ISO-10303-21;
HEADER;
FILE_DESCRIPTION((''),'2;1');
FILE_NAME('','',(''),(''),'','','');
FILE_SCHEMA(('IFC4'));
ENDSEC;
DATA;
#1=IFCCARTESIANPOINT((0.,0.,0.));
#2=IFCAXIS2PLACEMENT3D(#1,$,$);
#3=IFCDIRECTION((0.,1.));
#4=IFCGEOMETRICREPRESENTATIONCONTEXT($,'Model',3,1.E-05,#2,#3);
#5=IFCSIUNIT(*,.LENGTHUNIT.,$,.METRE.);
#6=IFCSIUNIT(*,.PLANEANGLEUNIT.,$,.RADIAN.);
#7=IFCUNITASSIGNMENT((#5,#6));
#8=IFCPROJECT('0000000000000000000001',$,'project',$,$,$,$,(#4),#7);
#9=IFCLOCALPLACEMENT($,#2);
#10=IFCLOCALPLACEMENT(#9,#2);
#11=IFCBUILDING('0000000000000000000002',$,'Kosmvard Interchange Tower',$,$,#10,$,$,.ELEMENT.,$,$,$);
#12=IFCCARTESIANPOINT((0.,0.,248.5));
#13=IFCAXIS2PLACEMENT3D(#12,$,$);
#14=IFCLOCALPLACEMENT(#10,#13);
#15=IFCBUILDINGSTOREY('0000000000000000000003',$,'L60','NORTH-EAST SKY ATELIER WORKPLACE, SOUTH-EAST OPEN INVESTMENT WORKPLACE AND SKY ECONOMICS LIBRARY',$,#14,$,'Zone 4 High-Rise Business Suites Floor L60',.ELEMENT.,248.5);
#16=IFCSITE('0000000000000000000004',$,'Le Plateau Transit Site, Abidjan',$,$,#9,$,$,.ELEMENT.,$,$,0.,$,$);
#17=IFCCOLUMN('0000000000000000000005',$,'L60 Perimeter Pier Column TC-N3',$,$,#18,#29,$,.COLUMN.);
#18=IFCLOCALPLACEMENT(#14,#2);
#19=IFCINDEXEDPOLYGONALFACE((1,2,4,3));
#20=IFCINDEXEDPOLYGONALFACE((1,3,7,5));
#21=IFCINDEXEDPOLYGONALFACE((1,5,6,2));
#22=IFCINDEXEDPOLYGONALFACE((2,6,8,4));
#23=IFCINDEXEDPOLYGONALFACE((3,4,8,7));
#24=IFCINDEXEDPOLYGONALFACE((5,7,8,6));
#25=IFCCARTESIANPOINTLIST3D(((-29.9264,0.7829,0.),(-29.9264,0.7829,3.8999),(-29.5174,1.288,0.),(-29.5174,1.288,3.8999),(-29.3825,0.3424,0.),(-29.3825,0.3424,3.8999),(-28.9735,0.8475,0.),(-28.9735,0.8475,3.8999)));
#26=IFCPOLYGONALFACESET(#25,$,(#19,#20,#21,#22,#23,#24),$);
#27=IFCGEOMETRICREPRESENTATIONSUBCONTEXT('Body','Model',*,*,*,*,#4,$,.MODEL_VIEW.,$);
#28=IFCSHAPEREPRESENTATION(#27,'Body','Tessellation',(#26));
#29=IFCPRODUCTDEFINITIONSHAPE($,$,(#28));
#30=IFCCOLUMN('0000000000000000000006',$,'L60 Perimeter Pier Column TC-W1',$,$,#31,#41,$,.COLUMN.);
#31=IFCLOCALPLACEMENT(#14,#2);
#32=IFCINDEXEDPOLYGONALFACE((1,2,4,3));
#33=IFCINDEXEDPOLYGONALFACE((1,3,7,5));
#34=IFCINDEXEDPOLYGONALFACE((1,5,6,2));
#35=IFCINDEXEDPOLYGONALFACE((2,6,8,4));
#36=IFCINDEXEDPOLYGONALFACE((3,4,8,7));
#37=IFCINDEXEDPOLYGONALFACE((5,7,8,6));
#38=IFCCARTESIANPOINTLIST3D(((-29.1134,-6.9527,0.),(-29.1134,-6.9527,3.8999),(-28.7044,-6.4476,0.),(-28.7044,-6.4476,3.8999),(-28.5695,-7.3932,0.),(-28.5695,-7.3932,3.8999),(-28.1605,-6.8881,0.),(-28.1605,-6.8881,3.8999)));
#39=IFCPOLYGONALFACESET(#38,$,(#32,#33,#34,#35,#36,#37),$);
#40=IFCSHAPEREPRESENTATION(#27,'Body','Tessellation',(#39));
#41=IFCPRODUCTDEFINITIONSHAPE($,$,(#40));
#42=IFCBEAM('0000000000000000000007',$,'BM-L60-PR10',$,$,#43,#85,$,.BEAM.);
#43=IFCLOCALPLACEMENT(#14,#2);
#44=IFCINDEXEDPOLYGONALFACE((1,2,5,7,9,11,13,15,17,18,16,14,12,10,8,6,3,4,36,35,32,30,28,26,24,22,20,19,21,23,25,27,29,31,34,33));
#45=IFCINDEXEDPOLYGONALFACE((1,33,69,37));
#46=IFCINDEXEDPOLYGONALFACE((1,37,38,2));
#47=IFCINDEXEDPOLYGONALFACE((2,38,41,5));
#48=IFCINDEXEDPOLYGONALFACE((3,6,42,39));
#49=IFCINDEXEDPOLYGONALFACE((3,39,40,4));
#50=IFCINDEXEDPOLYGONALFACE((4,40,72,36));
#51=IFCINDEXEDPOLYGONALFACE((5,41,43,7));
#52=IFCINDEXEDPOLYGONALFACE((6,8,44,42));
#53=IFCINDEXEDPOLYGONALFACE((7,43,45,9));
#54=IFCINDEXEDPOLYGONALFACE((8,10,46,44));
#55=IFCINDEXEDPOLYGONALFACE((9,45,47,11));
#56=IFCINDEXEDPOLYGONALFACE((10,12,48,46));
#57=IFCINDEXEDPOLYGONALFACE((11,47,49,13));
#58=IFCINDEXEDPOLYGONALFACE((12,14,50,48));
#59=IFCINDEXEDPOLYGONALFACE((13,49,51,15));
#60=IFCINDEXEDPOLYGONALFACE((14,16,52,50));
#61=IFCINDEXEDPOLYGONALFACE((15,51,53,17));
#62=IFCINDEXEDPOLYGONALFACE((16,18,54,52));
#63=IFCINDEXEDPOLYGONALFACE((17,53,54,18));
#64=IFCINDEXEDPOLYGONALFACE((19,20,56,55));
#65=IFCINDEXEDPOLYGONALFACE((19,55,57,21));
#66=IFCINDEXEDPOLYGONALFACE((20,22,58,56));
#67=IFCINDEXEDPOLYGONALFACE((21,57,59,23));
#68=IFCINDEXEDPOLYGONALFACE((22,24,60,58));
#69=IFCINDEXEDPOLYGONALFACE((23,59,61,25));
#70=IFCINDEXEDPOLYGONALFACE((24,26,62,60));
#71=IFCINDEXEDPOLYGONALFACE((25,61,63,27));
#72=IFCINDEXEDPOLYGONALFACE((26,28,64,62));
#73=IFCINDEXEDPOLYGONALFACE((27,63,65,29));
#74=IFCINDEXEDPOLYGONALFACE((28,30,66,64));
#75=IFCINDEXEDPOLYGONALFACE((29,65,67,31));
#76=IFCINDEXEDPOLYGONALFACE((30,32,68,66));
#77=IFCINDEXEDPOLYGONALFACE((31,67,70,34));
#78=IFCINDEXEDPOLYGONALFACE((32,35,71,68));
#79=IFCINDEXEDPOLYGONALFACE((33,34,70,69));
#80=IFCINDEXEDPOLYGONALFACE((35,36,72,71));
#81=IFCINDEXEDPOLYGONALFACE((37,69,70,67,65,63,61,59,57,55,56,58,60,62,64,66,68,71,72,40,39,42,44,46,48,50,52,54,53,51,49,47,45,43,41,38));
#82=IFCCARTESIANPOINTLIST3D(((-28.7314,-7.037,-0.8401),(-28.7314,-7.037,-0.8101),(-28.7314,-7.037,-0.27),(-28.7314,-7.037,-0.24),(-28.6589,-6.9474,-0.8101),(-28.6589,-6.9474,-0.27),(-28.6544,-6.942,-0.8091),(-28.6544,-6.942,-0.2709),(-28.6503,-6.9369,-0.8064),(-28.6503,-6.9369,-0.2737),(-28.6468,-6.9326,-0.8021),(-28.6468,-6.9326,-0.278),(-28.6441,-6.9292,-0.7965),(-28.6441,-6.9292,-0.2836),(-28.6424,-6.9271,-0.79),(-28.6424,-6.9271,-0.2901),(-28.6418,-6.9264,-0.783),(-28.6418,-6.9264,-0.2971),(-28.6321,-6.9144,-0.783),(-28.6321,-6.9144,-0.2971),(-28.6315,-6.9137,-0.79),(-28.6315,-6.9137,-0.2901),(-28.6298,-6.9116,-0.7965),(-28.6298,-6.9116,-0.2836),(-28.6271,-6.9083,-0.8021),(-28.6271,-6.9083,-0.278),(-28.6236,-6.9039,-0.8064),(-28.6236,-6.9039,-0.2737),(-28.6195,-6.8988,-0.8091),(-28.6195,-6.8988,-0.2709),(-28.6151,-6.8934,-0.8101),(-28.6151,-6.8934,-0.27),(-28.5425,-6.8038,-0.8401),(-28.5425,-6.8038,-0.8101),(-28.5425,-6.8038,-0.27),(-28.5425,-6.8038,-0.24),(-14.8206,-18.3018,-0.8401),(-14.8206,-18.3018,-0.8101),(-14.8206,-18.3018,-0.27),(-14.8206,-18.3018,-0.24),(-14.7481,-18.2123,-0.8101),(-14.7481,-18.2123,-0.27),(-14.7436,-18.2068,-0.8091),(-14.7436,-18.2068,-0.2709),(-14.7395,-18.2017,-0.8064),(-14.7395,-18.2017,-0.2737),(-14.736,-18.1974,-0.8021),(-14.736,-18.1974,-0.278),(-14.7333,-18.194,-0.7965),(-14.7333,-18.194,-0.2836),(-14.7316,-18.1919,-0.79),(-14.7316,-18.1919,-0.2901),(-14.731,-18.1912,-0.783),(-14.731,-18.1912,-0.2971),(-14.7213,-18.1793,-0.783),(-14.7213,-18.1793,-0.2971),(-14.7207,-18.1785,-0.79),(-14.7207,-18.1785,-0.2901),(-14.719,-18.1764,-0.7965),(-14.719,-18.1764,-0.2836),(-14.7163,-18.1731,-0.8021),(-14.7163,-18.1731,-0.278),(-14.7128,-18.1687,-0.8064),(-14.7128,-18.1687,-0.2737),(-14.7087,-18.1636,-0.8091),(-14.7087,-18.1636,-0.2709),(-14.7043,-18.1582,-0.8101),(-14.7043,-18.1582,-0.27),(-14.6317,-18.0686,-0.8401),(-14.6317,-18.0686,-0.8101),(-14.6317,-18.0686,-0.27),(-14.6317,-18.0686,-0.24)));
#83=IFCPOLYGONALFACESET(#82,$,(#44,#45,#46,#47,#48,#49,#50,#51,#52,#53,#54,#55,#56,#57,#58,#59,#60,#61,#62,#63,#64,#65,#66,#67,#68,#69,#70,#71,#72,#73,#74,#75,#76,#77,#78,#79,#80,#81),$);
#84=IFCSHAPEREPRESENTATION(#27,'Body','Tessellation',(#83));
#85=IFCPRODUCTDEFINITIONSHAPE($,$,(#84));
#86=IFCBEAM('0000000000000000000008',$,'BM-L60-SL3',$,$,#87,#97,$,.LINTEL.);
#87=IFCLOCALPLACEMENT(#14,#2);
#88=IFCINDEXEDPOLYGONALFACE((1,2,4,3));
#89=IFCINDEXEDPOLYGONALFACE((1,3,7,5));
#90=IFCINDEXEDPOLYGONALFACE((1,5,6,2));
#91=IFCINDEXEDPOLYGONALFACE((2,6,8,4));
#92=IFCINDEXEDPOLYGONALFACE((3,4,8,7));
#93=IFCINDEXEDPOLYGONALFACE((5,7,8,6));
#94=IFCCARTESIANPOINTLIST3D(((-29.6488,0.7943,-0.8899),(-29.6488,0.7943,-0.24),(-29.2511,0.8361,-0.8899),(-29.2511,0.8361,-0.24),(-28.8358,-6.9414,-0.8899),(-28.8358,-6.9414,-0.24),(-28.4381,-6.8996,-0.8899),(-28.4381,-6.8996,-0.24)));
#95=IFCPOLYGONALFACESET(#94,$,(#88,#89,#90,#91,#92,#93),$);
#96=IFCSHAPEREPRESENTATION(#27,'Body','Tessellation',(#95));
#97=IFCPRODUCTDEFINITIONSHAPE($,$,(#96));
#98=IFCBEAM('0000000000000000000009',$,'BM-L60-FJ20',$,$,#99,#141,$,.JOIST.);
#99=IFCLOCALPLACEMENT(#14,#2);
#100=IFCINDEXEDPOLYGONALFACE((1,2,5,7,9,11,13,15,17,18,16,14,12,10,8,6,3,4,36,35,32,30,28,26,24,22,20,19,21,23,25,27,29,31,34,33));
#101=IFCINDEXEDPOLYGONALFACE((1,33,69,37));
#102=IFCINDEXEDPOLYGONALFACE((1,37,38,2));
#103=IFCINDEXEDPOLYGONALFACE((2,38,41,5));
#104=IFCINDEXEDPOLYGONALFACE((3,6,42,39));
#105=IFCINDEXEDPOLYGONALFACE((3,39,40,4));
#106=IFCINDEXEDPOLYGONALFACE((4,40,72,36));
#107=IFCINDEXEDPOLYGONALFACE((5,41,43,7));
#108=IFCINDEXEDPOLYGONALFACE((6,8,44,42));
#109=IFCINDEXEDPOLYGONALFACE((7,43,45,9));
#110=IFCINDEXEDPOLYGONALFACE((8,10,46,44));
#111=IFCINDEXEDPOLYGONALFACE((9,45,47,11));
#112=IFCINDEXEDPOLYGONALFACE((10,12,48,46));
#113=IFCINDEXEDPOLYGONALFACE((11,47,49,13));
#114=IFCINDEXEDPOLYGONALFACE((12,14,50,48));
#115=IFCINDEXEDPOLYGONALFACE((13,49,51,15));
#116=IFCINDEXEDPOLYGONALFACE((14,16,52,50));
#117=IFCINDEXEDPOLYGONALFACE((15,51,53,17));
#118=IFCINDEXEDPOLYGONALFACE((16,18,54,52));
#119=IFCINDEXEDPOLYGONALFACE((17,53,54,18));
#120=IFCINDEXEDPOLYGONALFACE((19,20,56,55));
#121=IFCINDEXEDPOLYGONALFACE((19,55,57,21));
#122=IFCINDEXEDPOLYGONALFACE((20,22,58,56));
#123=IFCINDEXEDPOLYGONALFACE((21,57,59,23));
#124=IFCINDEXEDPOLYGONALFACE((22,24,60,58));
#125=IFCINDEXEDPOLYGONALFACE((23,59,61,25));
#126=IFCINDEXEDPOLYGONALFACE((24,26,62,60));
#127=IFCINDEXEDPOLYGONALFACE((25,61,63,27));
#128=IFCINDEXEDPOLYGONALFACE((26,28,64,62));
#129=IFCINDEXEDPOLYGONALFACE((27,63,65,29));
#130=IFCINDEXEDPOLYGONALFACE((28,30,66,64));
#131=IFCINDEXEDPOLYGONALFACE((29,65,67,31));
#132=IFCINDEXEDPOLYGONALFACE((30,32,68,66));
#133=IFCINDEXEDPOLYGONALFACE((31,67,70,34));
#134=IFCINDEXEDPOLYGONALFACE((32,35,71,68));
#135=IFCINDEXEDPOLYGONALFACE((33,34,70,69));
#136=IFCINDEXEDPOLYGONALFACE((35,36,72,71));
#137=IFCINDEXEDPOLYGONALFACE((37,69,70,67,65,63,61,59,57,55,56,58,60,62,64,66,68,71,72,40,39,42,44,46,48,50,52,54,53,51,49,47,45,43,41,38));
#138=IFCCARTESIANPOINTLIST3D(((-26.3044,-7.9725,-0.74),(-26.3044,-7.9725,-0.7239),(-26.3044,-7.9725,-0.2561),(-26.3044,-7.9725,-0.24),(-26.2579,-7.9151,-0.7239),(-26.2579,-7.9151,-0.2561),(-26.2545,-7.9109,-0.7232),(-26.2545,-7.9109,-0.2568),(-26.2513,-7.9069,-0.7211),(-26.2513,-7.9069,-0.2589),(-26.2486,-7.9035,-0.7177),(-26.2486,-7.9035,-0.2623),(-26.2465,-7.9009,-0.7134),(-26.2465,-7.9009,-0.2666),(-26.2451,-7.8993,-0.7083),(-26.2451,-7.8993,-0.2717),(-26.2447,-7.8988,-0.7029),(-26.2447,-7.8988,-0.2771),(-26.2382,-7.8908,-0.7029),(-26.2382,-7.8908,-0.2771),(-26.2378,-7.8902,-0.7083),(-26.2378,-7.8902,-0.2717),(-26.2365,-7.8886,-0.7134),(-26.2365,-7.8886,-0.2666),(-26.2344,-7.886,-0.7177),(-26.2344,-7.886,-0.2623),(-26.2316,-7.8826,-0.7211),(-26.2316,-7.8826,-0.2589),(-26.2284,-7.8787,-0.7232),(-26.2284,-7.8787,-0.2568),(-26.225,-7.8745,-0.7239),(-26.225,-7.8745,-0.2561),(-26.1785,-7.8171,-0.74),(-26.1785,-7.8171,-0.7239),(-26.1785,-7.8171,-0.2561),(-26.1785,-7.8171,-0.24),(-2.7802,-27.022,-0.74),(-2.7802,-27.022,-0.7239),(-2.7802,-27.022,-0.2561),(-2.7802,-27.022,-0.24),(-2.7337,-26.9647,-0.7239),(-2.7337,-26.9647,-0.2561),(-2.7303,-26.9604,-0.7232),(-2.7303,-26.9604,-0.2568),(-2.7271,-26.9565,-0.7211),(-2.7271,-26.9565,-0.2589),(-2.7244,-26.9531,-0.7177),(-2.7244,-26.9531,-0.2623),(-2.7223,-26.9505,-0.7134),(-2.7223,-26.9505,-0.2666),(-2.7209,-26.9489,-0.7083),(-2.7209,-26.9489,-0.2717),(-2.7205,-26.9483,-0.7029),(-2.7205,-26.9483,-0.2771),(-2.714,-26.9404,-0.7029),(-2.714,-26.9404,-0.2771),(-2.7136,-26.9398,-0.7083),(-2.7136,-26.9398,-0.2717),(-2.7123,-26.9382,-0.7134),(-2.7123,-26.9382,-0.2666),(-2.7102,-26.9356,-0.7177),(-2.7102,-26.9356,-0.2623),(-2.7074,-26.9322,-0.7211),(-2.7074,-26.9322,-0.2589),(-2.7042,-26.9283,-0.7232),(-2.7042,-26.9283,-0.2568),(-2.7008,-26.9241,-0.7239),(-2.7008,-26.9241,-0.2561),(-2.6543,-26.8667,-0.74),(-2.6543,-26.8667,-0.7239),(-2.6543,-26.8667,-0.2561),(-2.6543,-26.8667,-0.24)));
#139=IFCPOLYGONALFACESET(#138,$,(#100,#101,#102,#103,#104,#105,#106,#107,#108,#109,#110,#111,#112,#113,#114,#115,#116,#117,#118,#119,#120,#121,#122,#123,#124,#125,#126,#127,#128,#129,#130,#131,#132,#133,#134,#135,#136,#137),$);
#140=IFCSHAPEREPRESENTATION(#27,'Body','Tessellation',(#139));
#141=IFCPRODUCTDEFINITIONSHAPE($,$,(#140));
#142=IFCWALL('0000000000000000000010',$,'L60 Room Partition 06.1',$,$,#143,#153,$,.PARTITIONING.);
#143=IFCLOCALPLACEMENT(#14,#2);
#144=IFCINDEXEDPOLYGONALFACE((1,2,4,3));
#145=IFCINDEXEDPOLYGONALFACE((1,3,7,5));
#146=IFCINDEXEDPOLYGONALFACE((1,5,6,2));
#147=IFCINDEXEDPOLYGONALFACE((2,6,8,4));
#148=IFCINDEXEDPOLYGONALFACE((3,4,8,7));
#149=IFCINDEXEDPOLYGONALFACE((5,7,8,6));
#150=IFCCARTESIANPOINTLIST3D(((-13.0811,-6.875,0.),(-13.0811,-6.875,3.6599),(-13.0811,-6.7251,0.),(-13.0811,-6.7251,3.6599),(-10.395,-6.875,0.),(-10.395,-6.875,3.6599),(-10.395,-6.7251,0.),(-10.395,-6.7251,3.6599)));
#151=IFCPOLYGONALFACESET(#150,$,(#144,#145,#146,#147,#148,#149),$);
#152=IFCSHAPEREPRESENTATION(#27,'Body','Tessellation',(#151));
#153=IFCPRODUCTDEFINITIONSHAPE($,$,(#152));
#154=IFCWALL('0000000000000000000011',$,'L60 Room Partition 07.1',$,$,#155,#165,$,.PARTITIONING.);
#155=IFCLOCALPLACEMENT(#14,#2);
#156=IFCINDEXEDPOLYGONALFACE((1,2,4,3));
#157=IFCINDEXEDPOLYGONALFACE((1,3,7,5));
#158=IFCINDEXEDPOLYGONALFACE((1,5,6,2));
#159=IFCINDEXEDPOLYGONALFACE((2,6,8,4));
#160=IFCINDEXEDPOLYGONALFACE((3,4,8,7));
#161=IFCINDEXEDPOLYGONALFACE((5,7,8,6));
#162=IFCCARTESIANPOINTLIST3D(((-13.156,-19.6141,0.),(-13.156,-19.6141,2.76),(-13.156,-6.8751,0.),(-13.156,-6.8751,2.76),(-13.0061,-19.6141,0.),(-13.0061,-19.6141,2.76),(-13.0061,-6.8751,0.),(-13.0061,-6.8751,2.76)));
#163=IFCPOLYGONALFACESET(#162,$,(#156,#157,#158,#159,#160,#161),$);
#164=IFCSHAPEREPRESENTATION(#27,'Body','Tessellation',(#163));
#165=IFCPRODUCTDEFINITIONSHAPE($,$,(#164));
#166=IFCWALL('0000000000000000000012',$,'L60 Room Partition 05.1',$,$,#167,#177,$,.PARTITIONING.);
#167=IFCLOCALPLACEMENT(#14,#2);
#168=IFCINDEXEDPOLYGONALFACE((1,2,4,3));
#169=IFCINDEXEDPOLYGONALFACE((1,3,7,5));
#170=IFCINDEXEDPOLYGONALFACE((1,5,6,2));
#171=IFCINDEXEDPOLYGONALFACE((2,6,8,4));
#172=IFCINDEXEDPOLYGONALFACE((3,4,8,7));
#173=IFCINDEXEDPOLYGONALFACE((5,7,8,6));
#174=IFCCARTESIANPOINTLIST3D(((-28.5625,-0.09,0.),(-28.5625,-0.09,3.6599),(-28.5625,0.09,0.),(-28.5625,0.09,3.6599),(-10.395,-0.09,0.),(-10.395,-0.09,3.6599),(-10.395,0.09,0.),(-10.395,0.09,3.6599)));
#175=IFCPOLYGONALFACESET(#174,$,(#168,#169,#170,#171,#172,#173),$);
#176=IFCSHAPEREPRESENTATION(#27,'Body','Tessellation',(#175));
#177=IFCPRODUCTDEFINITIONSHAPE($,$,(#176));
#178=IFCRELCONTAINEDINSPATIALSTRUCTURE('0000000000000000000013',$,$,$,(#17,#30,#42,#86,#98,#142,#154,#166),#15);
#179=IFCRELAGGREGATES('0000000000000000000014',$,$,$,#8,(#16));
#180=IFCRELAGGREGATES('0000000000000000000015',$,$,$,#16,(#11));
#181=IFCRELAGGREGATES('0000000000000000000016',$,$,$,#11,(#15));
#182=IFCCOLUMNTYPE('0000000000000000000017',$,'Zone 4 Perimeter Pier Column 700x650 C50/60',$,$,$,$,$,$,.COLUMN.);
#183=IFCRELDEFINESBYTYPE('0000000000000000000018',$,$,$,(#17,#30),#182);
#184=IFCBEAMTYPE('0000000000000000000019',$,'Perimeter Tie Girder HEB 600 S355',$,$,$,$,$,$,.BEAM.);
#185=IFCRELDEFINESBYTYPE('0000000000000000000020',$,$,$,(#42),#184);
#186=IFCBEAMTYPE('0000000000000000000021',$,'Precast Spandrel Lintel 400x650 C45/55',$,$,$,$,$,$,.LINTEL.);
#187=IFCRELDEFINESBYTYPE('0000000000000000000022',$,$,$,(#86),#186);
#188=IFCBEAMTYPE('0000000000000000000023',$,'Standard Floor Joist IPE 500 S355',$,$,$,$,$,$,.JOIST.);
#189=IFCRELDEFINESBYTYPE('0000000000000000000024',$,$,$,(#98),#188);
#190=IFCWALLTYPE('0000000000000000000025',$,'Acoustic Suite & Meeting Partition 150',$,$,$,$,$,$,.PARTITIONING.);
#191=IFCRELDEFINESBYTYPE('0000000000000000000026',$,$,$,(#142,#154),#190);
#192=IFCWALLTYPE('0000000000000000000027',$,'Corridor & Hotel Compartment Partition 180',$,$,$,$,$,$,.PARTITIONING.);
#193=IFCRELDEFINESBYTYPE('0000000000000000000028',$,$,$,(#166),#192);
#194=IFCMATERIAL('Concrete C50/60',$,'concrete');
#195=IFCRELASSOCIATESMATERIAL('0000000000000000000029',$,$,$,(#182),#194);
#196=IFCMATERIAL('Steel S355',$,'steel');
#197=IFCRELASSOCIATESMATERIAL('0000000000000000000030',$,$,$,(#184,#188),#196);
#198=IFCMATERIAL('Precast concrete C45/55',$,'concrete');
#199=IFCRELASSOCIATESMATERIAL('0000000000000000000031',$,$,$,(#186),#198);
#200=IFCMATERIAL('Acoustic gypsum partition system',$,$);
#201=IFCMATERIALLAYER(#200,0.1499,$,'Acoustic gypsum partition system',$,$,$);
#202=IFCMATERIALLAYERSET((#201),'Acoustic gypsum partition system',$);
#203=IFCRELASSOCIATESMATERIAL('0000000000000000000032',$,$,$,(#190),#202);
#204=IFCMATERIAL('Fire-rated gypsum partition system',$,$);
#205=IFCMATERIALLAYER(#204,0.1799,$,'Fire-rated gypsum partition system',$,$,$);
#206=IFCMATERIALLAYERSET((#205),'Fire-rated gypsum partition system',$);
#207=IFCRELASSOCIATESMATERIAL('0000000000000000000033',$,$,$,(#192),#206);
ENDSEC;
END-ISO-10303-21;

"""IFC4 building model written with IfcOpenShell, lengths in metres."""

from ifc_helpers import new_model, si_unit, direction, frame, frame_2d, origin, origin_2d, place, context, subcontext, project, spatial, rectangle, i_section, extrude, source, transform, mapped, material, layer, layer_set, material_profile, profile_set, type_object, element, save


model = new_model("IFC4")

# Units and contexts
model_context = context("Model", 3, precision=1e-05, world=origin(), true_north=direction((0.0, 1.0)))
body_context = subcontext(model_context, "Body", "Model", "MODEL_VIEW")
ifc_project = project(units=[si_unit("LENGTHUNIT", "METRE"), si_unit("PLANEANGLEUNIT", "RADIAN")], contexts=[model_context])

# Site, building, storey
site_placement = place(None, origin())
site = spatial("IfcSite", under=ifc_project, at=site_placement, Name="Le Plateau Transit Site, Abidjan", CompositionType="ELEMENT", RefElevation=0.0)
building_placement = place(site_placement, origin())
building = spatial("IfcBuilding", under=site, at=building_placement, Name="Kosmvard Interchange Tower", CompositionType="ELEMENT")
storey_placement = place(building_placement, frame((0.0, 0.0, 248.5)))
storey = spatial("IfcBuildingStorey", under=building, at=storey_placement, Name="L60", Description="NORTH-EAST SKY ATELIER WORKPLACE, SOUTH-EAST OPEN INVESTMENT WORKPLACE AND SKY ECONOMICS LIBRARY", LongName="Zone 4 High-Rise Business Suites Floor L60", CompositionType="ELEMENT", Elevation=248.5)

# Columns
ifc_material_1 = material(Name="Concrete C50/60", Category="concrete")
ifc_material_profile_1 = material_profile(ifc_material_1, rectangle(XDim=0.6499, YDim=0.7, at=origin_2d()), Name="TC 700x650")
ifc_profile_set_1 = profile_set([ifc_material_profile_1], Name="Concrete C50/60")
column_type = type_object("IfcColumnType", Name="Zone 4 Perimeter Pier Column 700x650 C50/60", PredefinedType="COLUMN", material=ifc_profile_set_1)
shared_shape_1 = source(origin(), body_context, "Body", "SweptSolid", [
    extrude(rectangle(XDim=0.6499, YDim=0.7, at=origin_2d()), origin(), (0.0, 0.0, 1.0), 3.8999),
])
for number, where, z_axis, x_axis, name in (
    (1, (-29.45, 0.8152, 0.0), (0.0, 0.0, 1.0), (0.62932, 0.777146, 0.0), "L60 Perimeter Pier Column TC-N3"),
    (2, (-28.637, -6.9204, 0.0), (0.0, 0.0, 1.0), (0.62932, 0.777146, 0.0), "L60 Perimeter Pier Column TC-W1"),
):
    element("IfcColumn", number, at=place(storey_placement, frame(where, z_axis=z_axis, x_axis=x_axis)), inside=storey, type_object=column_type, Name=name, PredefinedType="COLUMN", context=body_context, shape_type="MappedRepresentation", body=[
        mapped(shared_shape_1, transform((0.0, 0.0, 0.0), scale=1.0)),
    ])

# Beams
ifc_material_2 = material(Name="Steel S355", Category="steel")
ifc_material_profile_2 = material_profile(ifc_material_2, i_section(OverallWidth=0.3, OverallDepth=0.6001, WebThickness=0.0154, FlangeThickness=0.03, FilletRadius=0.0271, at=origin_2d()), Name="HEB 600")
ifc_profile_set_2 = profile_set([ifc_material_profile_2], Name="Steel S355")
beam_type_1 = type_object("IfcBeamType", Name="Perimeter Tie Girder HEB 600 S355", PredefinedType="BEAM", material=ifc_profile_set_2)
shared_shape_2 = source(origin(), body_context, "Body", "SweptSolid", [
    extrude(i_section(OverallWidth=0.3, OverallDepth=0.6001, WebThickness=0.0154, FlangeThickness=0.03, FilletRadius=0.0271, at=origin_2d()), origin(), (0.0, 0.0, 1.0), 17.8999),
])
beam_1_placement = place(storey_placement, frame((-28.637, -6.9204, -0.54), z_axis=(0.777144, -0.629323, 0.0), x_axis=(0.629323, 0.777144, 0.0)))
element("IfcBeam", 3, at=beam_1_placement, inside=storey, type_object=beam_type_1, Name="BM-L60-PR10", PredefinedType="BEAM", context=body_context, shape_type="MappedRepresentation", body=[
    mapped(shared_shape_2, transform((0.0, 0.0, 0.0), scale=1.0)),
])
ifc_material_3 = material(Name="Precast concrete C45/55", Category="concrete")
ifc_material_profile_3 = material_profile(ifc_material_3, rectangle(XDim=0.3999, YDim=0.6499, at=origin_2d()), Name="SL 400x650")
ifc_profile_set_3 = profile_set([ifc_material_profile_3], Name="Precast concrete C45/55")
beam_type_2 = type_object("IfcBeamType", Name="Precast Spandrel Lintel 400x650 C45/55", PredefinedType="LINTEL", material=ifc_profile_set_3)
shared_shape_3 = source(origin(), body_context, "Body", "SweptSolid", [
    extrude(rectangle(XDim=0.3999, YDim=0.6499, at=origin_2d()), origin(), (0.0, 0.0, 1.0), 7.7783),
])
beam_2_placement = place(storey_placement, frame((-29.45, 0.8152, -0.5649), z_axis=(0.104521, -0.994523, 0.0), x_axis=(0.994523, 0.104521, 0.0)))
element("IfcBeam", 4, at=beam_2_placement, inside=storey, type_object=beam_type_2, Name="BM-L60-SL3", PredefinedType="LINTEL", context=body_context, shape_type="MappedRepresentation", body=[
    mapped(shared_shape_3, transform((0.0, 0.0, 0.0), scale=1.0)),
])
ifc_material_profile_4 = material_profile(ifc_material_2, i_section(OverallWidth=0.2, OverallDepth=0.5, WebThickness=0.0103, FlangeThickness=0.0161, FilletRadius=0.021, at=origin_2d()), Name="IPE 500")
ifc_profile_set_4 = profile_set([ifc_material_profile_4], Name="Steel S355")
beam_type_3 = type_object("IfcBeamType", Name="Standard Floor Joist IPE 500 S355", PredefinedType="JOIST", material=ifc_profile_set_4)
shared_shape_4 = source(origin(), body_context, "Body", "SweptSolid", [
    extrude(i_section(OverallWidth=0.2, OverallDepth=0.5, WebThickness=0.0103, FlangeThickness=0.0161, FilletRadius=0.021, at=origin_2d()), origin(), (0.0, 0.0, 1.0), 30.27),
])
beam_3_placement = place(storey_placement, frame((-26.2415, -7.8948, -0.49), z_axis=(0.777145, -0.629322, 0.0), x_axis=(0.629322, 0.777145, 0.0)))
element("IfcBeam", 5, at=beam_3_placement, inside=storey, type_object=beam_type_3, Name="BM-L60-FJ20", PredefinedType="JOIST", context=body_context, shape_type="MappedRepresentation", body=[
    mapped(shared_shape_4, transform((0.0, 0.0, 0.0), scale=1.0)),
])

# Walls
ifc_material_4 = material(Name="Acoustic gypsum partition system")
ifc_layer_1 = layer(ifc_material_4, 0.1499, Name="Acoustic gypsum partition system")
ifc_layer_set_1 = layer_set([ifc_layer_1], Name="Acoustic gypsum partition system")
wall_type_1 = type_object("IfcWallType", Name="Acoustic Suite & Meeting Partition 150", PredefinedType="PARTITIONING", material=ifc_layer_set_1)
wall_1_placement = place(storey_placement, frame((-10.395, -6.8, 0.0), z_axis=(0.0, 0.0, 1.0), x_axis=(-1.0, 0.0, 0.0)))
element("IfcWall", 6, at=wall_1_placement, inside=storey, type_object=wall_type_1, Name="L60 Room Partition 06.1", PredefinedType="PARTITIONING", context=body_context, shape_type="SweptSolid", body=[
    extrude(rectangle(XDim=2.686, YDim=0.1499, at=frame_2d((1.343, 0.0))), origin(), (0.0, 0.0, 1.0), 3.6599),
])
wall_2_placement = place(storey_placement, frame((-13.0811, -6.875, 0.0), z_axis=(0.0, 0.0, 1.0), x_axis=(0.0, -1.0, 0.0)))
element("IfcWall", 7, at=wall_2_placement, inside=storey, type_object=wall_type_1, Name="L60 Room Partition 07.1", PredefinedType="PARTITIONING", context=body_context, shape_type="SweptSolid", body=[
    extrude(rectangle(XDim=12.739, YDim=0.1499, at=frame_2d((6.3696, 0.0))), origin(), (0.0, 0.0, 1.0), 2.76),
])
ifc_material_5 = material(Name="Fire-rated gypsum partition system")
ifc_layer_2 = layer(ifc_material_5, 0.1799, Name="Fire-rated gypsum partition system")
ifc_layer_set_2 = layer_set([ifc_layer_2], Name="Fire-rated gypsum partition system")
wall_type_2 = type_object("IfcWallType", Name="Corridor & Hotel Compartment Partition 180", PredefinedType="PARTITIONING", material=ifc_layer_set_2)
wall_3_placement = place(storey_placement, frame((-10.395, 0.0, 0.0), z_axis=(0.0, 0.0, 1.0), x_axis=(-1.0, 0.0, 0.0)))
element("IfcWall", 8, at=wall_3_placement, inside=storey, type_object=wall_type_2, Name="L60 Room Partition 05.1", PredefinedType="PARTITIONING", context=body_context, shape_type="SweptSolid", body=[
    extrude(rectangle(XDim=18.1675, YDim=0.1799, at=frame_2d((9.0837, 0.0))), origin(), (0.0, 0.0, 1.0), 3.6599),
])

save(model, "model.ifc")
